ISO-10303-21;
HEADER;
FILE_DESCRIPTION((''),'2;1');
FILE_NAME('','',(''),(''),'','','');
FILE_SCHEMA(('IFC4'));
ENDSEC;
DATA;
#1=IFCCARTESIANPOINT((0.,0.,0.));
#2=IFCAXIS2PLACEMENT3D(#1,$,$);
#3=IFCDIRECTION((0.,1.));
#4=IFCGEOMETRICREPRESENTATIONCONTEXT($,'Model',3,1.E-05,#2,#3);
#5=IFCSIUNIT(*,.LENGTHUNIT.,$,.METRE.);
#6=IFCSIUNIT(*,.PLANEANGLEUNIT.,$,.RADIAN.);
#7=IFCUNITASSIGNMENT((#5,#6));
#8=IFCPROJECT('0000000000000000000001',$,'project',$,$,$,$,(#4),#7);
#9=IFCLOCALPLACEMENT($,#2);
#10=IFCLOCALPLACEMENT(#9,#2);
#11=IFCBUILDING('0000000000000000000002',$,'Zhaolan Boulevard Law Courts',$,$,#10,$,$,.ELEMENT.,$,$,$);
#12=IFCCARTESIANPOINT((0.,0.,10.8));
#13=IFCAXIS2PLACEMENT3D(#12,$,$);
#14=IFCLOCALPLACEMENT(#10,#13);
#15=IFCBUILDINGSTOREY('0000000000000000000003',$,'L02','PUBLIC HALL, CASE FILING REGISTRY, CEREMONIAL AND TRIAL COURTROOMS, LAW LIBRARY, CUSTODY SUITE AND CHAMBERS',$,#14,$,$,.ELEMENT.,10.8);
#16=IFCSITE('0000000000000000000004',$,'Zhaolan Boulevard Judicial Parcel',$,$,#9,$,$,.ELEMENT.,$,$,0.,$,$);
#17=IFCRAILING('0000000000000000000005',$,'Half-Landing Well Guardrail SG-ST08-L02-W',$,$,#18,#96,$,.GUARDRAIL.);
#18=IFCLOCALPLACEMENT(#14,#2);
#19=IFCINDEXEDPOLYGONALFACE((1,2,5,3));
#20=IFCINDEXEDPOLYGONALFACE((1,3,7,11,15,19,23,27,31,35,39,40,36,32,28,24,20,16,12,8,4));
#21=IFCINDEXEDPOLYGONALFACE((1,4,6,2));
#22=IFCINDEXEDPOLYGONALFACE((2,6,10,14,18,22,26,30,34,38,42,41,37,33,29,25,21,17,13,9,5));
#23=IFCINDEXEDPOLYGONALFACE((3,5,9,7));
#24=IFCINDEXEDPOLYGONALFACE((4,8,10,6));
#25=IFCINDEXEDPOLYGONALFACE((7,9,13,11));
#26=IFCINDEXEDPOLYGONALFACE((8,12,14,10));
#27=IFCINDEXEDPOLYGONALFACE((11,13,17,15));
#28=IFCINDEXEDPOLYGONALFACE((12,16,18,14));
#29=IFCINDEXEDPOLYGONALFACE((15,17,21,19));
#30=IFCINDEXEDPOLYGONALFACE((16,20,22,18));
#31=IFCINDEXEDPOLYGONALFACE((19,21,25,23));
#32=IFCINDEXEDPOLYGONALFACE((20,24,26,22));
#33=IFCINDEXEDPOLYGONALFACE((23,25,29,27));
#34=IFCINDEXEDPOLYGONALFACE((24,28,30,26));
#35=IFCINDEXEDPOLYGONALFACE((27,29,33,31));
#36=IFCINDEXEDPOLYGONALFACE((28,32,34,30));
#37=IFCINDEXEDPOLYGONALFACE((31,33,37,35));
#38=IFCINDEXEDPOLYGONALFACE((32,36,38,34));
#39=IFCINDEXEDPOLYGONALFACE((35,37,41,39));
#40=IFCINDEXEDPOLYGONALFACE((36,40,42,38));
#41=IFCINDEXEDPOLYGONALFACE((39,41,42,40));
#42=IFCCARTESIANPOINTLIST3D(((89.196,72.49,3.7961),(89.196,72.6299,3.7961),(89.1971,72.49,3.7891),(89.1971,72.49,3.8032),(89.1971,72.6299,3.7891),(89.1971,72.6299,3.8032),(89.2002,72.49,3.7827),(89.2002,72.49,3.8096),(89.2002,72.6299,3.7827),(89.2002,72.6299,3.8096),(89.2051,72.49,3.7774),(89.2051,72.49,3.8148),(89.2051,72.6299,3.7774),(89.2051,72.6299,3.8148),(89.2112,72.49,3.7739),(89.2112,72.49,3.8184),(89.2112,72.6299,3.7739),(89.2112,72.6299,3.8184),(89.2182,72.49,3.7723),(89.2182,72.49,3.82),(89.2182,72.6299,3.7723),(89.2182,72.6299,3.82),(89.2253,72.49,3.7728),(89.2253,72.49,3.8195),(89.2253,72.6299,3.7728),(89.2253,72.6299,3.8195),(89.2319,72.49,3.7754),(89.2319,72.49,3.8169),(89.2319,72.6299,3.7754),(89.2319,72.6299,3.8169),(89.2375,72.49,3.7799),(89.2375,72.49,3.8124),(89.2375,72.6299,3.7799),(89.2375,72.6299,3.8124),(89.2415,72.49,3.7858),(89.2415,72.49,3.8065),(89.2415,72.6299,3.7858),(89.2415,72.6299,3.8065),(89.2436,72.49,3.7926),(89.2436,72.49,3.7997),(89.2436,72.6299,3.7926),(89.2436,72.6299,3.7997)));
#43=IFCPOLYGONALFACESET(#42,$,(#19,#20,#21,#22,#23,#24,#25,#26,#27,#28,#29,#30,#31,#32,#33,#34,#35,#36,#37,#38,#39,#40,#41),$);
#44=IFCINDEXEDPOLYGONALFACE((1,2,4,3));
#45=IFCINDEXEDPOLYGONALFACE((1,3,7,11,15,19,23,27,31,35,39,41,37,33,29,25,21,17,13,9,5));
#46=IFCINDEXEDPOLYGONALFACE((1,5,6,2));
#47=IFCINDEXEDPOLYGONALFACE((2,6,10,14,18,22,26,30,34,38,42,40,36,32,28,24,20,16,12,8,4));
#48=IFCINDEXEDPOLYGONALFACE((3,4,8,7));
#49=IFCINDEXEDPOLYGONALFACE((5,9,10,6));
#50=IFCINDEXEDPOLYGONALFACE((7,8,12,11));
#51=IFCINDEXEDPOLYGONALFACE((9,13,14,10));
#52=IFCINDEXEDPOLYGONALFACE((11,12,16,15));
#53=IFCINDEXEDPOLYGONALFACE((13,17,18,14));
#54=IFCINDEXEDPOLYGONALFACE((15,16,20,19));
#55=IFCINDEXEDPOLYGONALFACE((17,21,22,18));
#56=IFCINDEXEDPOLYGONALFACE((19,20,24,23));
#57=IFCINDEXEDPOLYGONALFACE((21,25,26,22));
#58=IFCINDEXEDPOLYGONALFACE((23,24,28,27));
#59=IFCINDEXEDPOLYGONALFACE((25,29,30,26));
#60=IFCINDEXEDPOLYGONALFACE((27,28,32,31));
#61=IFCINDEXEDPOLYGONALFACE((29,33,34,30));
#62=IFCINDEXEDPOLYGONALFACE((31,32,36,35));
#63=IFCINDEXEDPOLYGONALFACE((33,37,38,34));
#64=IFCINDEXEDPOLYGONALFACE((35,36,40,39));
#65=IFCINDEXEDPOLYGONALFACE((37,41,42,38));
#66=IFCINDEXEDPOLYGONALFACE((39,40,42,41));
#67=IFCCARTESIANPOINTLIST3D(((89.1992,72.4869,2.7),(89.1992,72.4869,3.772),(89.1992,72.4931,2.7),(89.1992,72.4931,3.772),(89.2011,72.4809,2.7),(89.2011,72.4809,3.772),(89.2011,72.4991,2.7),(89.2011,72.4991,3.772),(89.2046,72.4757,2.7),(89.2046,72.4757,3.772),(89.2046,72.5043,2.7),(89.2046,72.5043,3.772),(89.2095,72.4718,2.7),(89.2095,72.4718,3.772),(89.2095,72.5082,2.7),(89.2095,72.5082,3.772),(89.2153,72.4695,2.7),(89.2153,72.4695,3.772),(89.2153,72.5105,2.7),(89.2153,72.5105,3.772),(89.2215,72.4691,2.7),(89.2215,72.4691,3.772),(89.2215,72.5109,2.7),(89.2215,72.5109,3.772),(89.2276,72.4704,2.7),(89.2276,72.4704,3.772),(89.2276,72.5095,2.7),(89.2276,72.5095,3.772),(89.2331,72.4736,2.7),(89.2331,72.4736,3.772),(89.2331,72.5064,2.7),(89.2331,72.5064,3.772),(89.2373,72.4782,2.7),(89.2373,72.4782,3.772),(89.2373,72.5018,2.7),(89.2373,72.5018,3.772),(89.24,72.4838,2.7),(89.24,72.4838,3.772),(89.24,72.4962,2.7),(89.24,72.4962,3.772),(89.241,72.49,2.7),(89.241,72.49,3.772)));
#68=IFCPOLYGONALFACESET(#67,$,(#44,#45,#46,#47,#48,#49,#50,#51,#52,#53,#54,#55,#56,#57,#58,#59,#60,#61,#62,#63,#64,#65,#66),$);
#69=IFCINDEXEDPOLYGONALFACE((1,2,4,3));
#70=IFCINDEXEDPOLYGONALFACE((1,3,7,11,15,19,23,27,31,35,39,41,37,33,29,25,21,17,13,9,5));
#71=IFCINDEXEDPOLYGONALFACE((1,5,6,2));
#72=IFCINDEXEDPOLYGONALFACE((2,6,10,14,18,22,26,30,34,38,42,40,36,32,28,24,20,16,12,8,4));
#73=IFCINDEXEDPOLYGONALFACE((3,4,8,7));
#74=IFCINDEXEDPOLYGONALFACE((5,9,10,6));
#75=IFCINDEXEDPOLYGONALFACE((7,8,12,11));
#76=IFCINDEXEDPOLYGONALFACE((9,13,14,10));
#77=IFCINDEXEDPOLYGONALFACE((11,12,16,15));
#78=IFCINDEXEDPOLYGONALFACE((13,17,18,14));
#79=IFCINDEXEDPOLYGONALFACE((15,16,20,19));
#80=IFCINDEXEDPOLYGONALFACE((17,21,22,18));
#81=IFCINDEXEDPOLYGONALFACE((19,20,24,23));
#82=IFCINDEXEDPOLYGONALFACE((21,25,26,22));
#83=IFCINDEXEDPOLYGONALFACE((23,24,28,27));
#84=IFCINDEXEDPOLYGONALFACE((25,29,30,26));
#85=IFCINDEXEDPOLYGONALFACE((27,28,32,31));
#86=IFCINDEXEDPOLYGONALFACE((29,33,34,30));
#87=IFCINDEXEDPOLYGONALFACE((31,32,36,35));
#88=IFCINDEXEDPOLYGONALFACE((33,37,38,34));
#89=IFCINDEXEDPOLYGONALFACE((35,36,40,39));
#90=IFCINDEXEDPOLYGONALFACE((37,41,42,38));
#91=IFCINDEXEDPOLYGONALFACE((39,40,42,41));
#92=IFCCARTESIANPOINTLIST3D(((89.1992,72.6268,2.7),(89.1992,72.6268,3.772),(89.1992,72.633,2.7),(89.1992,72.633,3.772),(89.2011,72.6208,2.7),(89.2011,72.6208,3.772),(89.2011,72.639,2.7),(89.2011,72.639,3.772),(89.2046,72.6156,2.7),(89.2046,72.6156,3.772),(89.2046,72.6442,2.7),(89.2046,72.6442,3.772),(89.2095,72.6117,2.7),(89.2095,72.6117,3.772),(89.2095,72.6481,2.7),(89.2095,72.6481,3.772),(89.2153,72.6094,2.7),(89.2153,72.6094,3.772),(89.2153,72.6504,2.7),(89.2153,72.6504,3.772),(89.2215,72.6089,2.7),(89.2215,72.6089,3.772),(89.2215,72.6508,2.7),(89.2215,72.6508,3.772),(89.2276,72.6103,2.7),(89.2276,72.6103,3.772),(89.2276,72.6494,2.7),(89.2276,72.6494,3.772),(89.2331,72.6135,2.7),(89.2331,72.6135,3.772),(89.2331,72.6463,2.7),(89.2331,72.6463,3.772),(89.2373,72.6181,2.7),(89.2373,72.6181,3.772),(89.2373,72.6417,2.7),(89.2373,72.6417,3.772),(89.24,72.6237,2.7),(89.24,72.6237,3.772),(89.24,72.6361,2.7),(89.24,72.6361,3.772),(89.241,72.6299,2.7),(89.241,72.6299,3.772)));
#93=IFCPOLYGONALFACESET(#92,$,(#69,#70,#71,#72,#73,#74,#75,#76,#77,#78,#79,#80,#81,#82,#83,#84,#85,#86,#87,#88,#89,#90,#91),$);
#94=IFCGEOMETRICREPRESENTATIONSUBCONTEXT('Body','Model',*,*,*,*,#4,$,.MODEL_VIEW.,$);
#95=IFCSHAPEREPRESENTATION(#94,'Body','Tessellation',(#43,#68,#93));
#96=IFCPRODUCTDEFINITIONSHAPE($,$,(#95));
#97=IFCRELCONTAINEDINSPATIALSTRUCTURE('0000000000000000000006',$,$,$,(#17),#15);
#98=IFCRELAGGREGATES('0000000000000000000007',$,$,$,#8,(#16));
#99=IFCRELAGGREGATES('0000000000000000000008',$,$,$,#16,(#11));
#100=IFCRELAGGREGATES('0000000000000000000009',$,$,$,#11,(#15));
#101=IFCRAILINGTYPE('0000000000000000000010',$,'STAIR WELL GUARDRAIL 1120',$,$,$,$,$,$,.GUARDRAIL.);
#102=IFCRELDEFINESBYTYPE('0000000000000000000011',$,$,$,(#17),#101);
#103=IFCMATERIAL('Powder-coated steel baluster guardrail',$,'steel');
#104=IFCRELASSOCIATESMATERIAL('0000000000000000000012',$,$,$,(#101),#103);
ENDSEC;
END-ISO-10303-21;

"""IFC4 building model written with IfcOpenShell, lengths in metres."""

from ifc_helpers import new_model, si_unit, direction, frame, origin, origin_2d, place, context, subcontext, project, spatial, circle, extrude, material, type_object, element, save


model = new_model("IFC4")

# Units and contexts
model_context = context("Model", 3, precision=1e-05, world=origin(), true_north=direction((0.0, 1.0)))
body_context = subcontext(model_context, "Body", "Model", "MODEL_VIEW")
ifc_project = project(units=[si_unit("LENGTHUNIT", "METRE"), si_unit("PLANEANGLEUNIT", "RADIAN")], contexts=[model_context])

# Site, building, storey
site_placement = place(None, origin())
site = spatial("IfcSite", under=ifc_project, at=site_placement, Name="Zhaolan Boulevard Judicial Parcel", CompositionType="ELEMENT", RefElevation=0.0)
building_placement = place(site_placement, origin())
building = spatial("IfcBuilding", under=site, at=building_placement, Name="Zhaolan Boulevard Law Courts", CompositionType="ELEMENT")
storey_placement = place(building_placement, frame((0.0, 0.0, 10.8)))
storey = spatial("IfcBuildingStorey", under=building, at=storey_placement, Name="L02", Description="PUBLIC HALL, CASE FILING REGISTRY, CEREMONIAL AND TRIAL COURTROOMS, LAW LIBRARY, CUSTODY SUITE AND CHAMBERS", CompositionType="ELEMENT", Elevation=10.8)

# Railing
ifc_material_1 = material(Name="Powder-coated steel baluster guardrail", Category="steel")
railing_type_1 = type_object("IfcRailingType", Name="STAIR WELL GUARDRAIL 1120", PredefinedType="GUARDRAIL", material=ifc_material_1)
railing_1_placement = place(storey_placement, frame((89.22, 72.49, 2.7)))
element("IfcRailing", 1, at=railing_1_placement, inside=storey, type_object=railing_type_1, Name="Half-Landing Well Guardrail SG-ST08-L02-W", PredefinedType="GUARDRAIL", context=body_context, shape_type="SweptSolid", body=[
    extrude(circle(Radius=0.0239, at=origin_2d()), frame((0.0, 0.0, 1.0962), z_axis=(0.0, 1.0, 0.0), x_axis=(-1.0, 0.0, 0.0)), (0.0, 0.0, 1.0), 0.1399),
    extrude(circle(Radius=0.021, at=origin_2d()), origin(), (0.0, 0.0, 1.0), 1.072),
    extrude(circle(Radius=0.021, at=origin_2d()), frame((0.0, 0.1399, 0.0)), (0.0, 0.0, 1.0), 1.072),
])

save(model, "model.ifc")
